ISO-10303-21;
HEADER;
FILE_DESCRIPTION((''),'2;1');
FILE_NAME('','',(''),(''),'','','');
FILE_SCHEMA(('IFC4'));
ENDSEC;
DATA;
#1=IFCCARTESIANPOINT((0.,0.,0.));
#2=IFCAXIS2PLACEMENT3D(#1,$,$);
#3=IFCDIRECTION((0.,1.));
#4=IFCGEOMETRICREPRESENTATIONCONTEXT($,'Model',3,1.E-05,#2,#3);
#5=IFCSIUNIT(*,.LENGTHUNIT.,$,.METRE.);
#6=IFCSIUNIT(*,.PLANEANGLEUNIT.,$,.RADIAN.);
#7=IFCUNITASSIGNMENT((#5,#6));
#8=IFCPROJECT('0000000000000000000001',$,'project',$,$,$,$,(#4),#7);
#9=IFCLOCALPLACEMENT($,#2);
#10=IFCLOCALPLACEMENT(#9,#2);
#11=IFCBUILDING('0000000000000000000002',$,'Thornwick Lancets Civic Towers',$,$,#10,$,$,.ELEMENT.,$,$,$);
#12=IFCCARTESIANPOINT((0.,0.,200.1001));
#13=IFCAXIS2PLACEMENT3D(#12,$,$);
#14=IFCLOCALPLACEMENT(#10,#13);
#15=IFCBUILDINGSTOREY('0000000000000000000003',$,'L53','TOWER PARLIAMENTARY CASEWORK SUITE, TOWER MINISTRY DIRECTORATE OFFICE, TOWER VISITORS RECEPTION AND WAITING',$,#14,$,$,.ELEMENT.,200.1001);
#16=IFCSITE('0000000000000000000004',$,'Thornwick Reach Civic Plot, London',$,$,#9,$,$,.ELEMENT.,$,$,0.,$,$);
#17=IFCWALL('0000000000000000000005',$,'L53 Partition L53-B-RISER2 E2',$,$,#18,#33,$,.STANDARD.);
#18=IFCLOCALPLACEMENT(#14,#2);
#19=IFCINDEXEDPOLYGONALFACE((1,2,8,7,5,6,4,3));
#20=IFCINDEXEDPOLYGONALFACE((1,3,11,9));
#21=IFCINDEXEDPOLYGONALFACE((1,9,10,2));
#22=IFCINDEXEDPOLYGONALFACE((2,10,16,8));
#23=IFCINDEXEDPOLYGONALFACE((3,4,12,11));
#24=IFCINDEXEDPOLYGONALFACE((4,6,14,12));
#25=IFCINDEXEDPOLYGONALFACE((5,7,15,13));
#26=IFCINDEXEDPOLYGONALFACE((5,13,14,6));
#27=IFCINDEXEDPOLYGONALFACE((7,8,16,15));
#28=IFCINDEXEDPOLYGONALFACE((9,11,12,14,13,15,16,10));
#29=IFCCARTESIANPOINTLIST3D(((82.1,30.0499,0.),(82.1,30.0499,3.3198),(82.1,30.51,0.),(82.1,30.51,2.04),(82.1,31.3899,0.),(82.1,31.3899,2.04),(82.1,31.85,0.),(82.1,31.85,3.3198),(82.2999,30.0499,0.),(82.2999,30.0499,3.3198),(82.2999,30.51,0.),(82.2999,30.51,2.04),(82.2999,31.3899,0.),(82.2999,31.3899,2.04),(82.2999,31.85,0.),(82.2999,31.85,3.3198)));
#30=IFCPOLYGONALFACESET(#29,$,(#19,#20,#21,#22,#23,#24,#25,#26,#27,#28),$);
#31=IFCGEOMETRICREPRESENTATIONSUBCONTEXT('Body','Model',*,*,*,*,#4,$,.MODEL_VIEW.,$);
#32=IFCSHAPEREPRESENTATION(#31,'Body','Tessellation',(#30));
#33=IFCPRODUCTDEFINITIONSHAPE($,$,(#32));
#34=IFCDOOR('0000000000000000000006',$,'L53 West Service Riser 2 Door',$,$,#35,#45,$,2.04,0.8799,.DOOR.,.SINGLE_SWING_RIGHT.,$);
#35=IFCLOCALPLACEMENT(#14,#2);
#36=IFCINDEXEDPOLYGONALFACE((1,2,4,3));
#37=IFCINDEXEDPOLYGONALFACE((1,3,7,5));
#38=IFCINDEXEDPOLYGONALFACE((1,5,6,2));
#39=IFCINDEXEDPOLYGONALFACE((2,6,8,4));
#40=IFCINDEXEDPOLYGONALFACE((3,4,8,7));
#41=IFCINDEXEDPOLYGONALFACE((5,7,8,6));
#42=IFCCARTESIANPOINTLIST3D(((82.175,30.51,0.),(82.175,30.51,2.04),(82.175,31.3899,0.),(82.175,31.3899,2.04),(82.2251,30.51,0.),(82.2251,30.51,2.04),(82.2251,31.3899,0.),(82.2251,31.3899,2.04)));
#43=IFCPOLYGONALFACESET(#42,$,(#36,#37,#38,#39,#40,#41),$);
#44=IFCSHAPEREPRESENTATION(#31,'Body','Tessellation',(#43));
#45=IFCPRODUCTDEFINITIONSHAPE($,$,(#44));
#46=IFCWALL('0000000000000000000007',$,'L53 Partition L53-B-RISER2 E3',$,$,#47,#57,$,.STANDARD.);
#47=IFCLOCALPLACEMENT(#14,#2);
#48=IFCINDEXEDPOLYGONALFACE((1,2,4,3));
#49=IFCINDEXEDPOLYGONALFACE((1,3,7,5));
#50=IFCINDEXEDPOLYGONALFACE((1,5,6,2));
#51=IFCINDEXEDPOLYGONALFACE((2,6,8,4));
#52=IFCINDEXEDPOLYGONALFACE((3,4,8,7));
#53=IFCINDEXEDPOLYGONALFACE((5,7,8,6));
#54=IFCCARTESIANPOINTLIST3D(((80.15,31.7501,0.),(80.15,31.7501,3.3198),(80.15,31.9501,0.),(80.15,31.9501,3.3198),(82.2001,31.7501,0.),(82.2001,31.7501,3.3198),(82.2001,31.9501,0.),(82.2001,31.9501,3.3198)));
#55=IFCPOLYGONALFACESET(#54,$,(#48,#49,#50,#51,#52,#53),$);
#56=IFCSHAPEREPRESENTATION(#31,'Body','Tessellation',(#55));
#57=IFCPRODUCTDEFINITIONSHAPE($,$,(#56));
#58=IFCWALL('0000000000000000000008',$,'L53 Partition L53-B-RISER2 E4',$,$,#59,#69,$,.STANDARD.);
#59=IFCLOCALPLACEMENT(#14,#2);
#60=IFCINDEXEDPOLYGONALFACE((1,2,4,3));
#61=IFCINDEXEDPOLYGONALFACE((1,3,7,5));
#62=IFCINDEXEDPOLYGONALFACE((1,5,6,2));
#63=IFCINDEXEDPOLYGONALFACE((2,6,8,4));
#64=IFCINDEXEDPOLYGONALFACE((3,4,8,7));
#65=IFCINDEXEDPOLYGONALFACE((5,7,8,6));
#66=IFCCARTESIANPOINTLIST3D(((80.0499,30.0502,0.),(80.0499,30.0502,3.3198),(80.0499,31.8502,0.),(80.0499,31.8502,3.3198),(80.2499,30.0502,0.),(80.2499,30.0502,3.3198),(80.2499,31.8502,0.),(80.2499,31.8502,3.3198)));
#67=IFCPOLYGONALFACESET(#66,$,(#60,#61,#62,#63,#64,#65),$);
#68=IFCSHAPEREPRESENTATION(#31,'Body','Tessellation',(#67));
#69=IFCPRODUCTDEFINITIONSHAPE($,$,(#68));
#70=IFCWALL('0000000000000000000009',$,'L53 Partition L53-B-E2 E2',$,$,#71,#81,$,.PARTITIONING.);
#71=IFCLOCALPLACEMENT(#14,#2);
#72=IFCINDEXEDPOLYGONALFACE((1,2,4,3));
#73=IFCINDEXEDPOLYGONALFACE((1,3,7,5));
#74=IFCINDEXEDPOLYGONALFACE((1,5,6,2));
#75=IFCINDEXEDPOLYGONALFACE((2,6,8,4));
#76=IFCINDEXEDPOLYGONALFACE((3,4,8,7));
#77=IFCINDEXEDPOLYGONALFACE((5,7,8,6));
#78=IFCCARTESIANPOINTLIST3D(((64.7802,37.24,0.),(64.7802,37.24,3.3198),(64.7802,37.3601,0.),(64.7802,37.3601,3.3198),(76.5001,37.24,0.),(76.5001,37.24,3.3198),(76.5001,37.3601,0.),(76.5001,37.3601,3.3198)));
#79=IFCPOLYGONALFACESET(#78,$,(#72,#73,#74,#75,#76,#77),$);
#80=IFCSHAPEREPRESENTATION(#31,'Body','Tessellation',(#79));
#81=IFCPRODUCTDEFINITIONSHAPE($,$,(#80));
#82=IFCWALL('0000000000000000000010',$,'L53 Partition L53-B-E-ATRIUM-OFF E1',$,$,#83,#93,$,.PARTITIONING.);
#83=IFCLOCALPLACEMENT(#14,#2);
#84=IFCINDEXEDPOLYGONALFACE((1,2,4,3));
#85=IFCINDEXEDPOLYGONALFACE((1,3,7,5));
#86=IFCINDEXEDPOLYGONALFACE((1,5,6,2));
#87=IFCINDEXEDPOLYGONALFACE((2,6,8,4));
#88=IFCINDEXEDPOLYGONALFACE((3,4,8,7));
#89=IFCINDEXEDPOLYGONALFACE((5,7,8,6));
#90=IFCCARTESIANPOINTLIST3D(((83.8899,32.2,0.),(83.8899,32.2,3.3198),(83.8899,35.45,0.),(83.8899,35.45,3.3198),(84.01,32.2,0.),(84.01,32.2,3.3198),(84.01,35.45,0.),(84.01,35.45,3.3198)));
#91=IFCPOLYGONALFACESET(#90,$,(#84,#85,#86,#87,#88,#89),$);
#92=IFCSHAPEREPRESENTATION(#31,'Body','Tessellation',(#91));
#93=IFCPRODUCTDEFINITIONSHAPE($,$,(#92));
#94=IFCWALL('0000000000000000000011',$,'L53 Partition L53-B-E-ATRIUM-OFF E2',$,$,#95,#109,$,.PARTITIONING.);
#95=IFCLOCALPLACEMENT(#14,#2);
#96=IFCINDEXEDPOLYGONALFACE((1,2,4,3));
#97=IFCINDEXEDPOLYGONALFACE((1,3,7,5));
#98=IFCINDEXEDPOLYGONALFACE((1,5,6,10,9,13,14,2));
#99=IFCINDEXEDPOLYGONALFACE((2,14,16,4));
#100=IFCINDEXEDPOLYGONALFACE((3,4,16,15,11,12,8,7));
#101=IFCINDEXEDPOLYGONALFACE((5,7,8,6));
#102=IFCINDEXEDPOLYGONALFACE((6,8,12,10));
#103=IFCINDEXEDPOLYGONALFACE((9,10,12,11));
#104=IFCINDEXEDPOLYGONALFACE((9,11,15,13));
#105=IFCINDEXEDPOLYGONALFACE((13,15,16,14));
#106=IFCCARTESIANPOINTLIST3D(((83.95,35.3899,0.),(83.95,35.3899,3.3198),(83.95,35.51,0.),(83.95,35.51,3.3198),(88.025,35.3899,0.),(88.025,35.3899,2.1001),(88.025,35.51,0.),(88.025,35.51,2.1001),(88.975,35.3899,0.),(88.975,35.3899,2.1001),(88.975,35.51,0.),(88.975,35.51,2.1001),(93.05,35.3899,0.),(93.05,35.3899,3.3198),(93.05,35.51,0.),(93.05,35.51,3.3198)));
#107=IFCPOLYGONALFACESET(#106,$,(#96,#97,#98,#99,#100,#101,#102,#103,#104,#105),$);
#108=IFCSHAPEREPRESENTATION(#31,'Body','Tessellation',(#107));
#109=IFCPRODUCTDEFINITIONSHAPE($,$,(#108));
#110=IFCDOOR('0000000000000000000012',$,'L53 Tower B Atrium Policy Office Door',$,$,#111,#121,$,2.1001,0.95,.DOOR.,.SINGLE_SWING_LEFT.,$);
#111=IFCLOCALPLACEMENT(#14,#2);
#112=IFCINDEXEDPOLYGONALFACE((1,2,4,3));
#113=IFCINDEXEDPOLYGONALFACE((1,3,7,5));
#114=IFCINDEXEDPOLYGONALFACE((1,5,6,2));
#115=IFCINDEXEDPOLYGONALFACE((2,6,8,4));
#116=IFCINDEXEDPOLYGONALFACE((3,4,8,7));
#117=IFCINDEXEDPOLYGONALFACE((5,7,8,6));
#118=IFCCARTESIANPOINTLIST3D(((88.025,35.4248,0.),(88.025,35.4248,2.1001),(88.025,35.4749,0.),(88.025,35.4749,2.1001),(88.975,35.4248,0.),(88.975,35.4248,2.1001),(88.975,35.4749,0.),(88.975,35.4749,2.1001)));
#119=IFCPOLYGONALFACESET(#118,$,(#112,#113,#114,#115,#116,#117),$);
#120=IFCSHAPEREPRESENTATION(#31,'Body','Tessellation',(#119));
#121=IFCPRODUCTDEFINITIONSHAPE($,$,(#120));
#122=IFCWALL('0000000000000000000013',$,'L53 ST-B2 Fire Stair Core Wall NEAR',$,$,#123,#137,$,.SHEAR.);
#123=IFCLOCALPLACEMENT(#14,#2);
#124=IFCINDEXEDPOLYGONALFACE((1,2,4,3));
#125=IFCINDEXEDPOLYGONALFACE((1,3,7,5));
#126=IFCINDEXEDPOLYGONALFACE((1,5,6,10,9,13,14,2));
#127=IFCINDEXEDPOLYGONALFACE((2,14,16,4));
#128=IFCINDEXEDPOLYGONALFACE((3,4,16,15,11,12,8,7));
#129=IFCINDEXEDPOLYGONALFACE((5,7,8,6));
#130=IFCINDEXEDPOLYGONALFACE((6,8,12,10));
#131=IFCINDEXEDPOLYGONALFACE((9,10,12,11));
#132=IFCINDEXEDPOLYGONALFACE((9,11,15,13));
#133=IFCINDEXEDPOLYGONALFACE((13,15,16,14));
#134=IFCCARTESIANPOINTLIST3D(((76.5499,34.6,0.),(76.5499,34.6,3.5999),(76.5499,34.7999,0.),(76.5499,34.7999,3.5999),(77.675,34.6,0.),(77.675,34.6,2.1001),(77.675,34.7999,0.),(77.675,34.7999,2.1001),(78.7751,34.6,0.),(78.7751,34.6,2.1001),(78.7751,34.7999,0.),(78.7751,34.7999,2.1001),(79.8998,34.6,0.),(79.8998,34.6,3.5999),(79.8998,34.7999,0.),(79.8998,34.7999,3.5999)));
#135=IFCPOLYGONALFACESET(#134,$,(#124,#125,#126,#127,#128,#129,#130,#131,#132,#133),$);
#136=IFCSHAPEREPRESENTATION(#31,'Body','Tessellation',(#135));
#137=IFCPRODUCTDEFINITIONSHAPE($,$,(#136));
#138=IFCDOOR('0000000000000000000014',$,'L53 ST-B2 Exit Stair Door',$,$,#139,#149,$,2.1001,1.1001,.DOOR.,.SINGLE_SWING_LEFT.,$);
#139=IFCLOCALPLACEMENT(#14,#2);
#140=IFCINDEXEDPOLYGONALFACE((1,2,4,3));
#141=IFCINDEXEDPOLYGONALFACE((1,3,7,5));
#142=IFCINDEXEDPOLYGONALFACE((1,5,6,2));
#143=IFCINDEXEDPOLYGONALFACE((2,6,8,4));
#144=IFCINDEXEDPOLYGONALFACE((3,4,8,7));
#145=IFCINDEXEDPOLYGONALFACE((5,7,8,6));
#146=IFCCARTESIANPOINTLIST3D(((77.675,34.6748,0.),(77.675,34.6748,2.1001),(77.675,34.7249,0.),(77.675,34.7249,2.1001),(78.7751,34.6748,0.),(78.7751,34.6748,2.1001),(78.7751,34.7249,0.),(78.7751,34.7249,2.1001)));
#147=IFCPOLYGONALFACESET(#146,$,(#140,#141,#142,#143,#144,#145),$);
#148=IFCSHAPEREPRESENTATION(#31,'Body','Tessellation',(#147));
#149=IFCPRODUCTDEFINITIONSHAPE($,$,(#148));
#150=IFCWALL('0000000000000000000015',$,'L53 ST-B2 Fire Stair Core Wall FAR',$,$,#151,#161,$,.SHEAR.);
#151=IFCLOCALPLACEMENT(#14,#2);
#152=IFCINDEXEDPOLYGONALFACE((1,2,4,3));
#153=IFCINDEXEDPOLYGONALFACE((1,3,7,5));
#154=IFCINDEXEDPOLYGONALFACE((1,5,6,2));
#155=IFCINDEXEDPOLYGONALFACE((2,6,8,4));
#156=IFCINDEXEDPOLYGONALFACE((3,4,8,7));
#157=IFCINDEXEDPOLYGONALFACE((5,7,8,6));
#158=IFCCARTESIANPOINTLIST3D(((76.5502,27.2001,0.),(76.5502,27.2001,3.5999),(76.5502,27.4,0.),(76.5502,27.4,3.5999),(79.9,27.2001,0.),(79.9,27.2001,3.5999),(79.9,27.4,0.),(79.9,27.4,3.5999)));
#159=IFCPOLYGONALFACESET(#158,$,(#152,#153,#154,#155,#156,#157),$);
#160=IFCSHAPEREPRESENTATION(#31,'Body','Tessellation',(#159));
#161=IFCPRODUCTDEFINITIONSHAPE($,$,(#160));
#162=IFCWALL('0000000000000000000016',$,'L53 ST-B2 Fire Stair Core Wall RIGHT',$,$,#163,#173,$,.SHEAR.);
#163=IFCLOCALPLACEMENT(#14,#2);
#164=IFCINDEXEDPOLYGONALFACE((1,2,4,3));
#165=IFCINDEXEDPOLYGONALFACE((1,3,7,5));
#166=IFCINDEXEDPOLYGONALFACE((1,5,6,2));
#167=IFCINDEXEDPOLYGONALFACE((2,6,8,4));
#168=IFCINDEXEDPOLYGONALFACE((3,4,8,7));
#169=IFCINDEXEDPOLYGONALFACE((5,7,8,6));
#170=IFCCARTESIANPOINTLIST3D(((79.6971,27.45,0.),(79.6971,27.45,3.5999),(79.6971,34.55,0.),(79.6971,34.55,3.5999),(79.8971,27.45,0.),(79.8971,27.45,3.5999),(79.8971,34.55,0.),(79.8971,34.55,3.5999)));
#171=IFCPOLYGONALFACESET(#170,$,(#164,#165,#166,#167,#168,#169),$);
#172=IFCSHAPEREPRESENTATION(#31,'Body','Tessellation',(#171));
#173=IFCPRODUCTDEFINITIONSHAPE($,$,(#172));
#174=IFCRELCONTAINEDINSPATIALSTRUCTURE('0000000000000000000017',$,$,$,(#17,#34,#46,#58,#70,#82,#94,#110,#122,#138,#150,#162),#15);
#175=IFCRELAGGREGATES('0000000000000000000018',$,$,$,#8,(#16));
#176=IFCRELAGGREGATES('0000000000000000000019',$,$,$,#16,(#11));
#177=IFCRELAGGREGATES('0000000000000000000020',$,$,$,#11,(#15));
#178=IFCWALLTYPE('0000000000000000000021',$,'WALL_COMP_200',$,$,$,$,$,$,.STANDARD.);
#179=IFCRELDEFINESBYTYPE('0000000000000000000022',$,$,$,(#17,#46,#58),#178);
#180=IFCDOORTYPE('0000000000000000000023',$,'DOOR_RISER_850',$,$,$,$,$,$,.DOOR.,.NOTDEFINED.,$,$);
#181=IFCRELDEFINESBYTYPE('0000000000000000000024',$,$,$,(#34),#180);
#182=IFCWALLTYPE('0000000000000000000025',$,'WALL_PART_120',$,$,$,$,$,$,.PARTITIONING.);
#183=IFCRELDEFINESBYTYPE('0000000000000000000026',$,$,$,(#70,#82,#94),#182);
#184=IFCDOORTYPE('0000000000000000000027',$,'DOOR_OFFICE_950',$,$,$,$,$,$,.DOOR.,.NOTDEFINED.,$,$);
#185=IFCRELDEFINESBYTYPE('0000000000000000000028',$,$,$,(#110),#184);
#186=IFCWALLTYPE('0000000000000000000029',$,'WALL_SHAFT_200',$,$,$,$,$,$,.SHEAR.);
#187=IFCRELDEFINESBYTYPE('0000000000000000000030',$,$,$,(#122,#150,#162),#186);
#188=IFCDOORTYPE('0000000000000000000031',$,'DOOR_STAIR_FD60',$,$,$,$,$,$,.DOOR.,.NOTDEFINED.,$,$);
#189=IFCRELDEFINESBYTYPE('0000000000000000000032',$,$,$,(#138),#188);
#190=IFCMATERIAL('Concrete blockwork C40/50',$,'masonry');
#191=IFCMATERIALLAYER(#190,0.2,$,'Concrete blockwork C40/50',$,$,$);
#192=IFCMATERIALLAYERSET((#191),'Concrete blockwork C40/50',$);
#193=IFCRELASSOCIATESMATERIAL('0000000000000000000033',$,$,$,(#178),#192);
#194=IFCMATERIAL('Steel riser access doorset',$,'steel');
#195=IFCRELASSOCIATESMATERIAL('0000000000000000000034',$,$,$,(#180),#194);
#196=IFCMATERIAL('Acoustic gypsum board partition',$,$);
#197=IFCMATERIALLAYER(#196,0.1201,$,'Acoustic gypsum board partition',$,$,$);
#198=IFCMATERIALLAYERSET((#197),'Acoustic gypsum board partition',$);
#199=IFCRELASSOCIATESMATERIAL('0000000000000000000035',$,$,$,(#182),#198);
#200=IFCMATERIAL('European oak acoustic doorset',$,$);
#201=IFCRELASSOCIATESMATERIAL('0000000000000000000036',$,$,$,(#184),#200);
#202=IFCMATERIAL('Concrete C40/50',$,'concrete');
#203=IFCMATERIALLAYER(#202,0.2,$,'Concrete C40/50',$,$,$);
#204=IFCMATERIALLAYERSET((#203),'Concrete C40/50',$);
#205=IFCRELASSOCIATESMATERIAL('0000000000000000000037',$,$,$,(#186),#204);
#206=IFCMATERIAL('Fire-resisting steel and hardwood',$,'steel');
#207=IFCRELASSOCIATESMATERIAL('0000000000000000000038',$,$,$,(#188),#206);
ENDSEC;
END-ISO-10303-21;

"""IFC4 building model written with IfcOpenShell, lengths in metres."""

from ifc_helpers import new_model, si_unit, direction, frame, frame_2d, origin, place, context, subcontext, project, spatial, rectangle, extrude, material, layer, layer_set, type_object, element, fill, save


model = new_model("IFC4")

# Units and contexts
model_context = context("Model", 3, precision=1e-05, world=origin(), true_north=direction((0.0, 1.0)))
body_context = subcontext(model_context, "Body", "Model", "MODEL_VIEW")
ifc_project = project(units=[si_unit("LENGTHUNIT", "METRE"), si_unit("PLANEANGLEUNIT", "RADIAN")], contexts=[model_context])

# Site, building, storey
site_placement = place(None, origin())
site = spatial("IfcSite", under=ifc_project, at=site_placement, Name="Thornwick Reach Civic Plot, London", CompositionType="ELEMENT", RefElevation=0.0)
building_placement = place(site_placement, origin())
building = spatial("IfcBuilding", under=site, at=building_placement, Name="Thornwick Lancets Civic Towers", CompositionType="ELEMENT")
storey_placement = place(building_placement, frame((0.0, 0.0, 200.1001)))
storey = spatial("IfcBuildingStorey", under=building, at=storey_placement, Name="L53", Description="TOWER PARLIAMENTARY CASEWORK SUITE, TOWER MINISTRY DIRECTORATE OFFICE, TOWER VISITORS RECEPTION AND WAITING", CompositionType="ELEMENT", Elevation=200.1001)

# Shared definitions
ifc_material_1 = material(Name="Concrete blockwork C40/50", Category="masonry")
ifc_layer_1 = layer(ifc_material_1, 0.2, Name="Concrete blockwork C40/50")
ifc_layer_set_1 = layer_set([ifc_layer_1], Name="Concrete blockwork C40/50")
wall_type_1 = type_object("IfcWallType", Name="WALL_COMP_200", PredefinedType="STANDARD", material=ifc_layer_set_1)

# Wall, opening, door
wall_1_placement = place(storey_placement, frame((82.2, 30.05, 0.0), z_axis=(0.0, 0.0, 1.0), x_axis=(0.0, 1.0, 0.0)))
wall_1 = element("IfcWall", 1, at=wall_1_placement, inside=storey, type_object=wall_type_1, Name="L53 Partition L53-B-RISER2 E2", PredefinedType="STANDARD", context=body_context, shape_type="SweptSolid", body=[
    extrude(rectangle(XDim=1.8, YDim=0.2, at=frame_2d((0.8999, 0.0))), origin(), (0.0, 0.0, 1.0), 3.3198),
])
opening_1_placement = place(wall_1_placement, frame((0.46, 0.0, 0.0)))
opening_1 = element("IfcOpeningElement", 2, at=opening_1_placement, cuts=wall_1, PredefinedType="OPENING", context=body_context, shape_type="SweptSolid", body=[
    extrude(rectangle(XDim=0.8799, YDim=2.04, at=frame_2d((0.4399, 1.02))), frame((0.0, 0.1099, 0.0), z_axis=(0.0, -1.0, 0.0), x_axis=(1.0, 0.0, 0.0)), (0.0, 0.0, 1.0), 0.22),
])
ifc_material_2 = material(Name="Steel riser access doorset", Category="steel")
door_type_1 = type_object("IfcDoorType", Name="DOOR_RISER_850", OperationType="NOTDEFINED", PredefinedType="DOOR", material=ifc_material_2)
door_1_placement = place(opening_1_placement, origin())
door_1 = element("IfcDoor", 3, at=door_1_placement, inside=storey, type_object=door_type_1, Name="L53 West Service Riser 2 Door", OperationType="SINGLE_SWING_RIGHT", OverallHeight=2.04, OverallWidth=0.8799, PredefinedType="DOOR", context=body_context, shape_type="SweptSolid", body=[
    extrude(rectangle(XDim=0.8799, YDim=2.04, at=frame_2d((0.4399, 1.02))), frame((0.0, 0.0249, 0.0), z_axis=(0.0, -1.0, 0.0), x_axis=(1.0, 0.0, 0.0)), (0.0, 0.0, 1.0), 0.05),
])
fill(opening_1, door_1)

# Walls
wall_2_placement = place(storey_placement, frame((82.2, 31.8501, 0.0), z_axis=(0.0, 0.0, 1.0), x_axis=(-1.0, 0.0, 0.0)))
element("IfcWall", 4, at=wall_2_placement, inside=storey, type_object=wall_type_1, Name="L53 Partition L53-B-RISER2 E3", PredefinedType="STANDARD", context=body_context, shape_type="SweptSolid", body=[
    extrude(rectangle(XDim=2.05, YDim=0.2, at=frame_2d((1.0249, 0.0))), origin(), (0.0, 0.0, 1.0), 3.3198),
])
wall_3_placement = place(storey_placement, frame((80.1499, 31.8501, 0.0), z_axis=(0.0, 0.0, 1.0), x_axis=(0.0, -1.0, 0.0)))
element("IfcWall", 5, at=wall_3_placement, inside=storey, type_object=wall_type_1, Name="L53 Partition L53-B-RISER2 E4", PredefinedType="STANDARD", context=body_context, shape_type="SweptSolid", body=[
    extrude(rectangle(XDim=1.8, YDim=0.2, at=frame_2d((0.8999, 0.0))), origin(), (0.0, 0.0, 1.0), 3.3198),
])
ifc_material_3 = material(Name="Acoustic gypsum board partition")
ifc_layer_2 = layer(ifc_material_3, 0.1201, Name="Acoustic gypsum board partition")
ifc_layer_set_2 = layer_set([ifc_layer_2], Name="Acoustic gypsum board partition")
wall_type_2 = type_object("IfcWallType", Name="WALL_PART_120", PredefinedType="PARTITIONING", material=ifc_layer_set_2)
wall_4_placement = place(storey_placement, frame((76.5, 37.3, 0.0), z_axis=(0.0, 0.0, 1.0), x_axis=(-1.0, 0.0, 0.0)))
element("IfcWall", 6, at=wall_4_placement, inside=storey, type_object=wall_type_2, Name="L53 Partition L53-B-E2 E2", PredefinedType="PARTITIONING", context=body_context, shape_type="SweptSolid", body=[
    extrude(rectangle(XDim=11.72, YDim=0.1201, at=frame_2d((5.8599, 0.0))), origin(), (0.0, 0.0, 1.0), 3.3198),
])
wall_5_placement = place(storey_placement, frame((83.95, 32.2, 0.0), z_axis=(0.0, 0.0, 1.0), x_axis=(0.0, 1.0, 0.0)))
element("IfcWall", 7, at=wall_5_placement, inside=storey, type_object=wall_type_2, Name="L53 Partition L53-B-E-ATRIUM-OFF E1", PredefinedType="PARTITIONING", context=body_context, shape_type="SweptSolid", body=[
    extrude(rectangle(XDim=3.25, YDim=0.1201, at=frame_2d((1.625, 0.0))), origin(), (0.0, 0.0, 1.0), 3.3198),
])

# Walls, openings, doors
wall_6_placement = place(storey_placement, frame((83.95, 35.45, 0.0), z_axis=(0.0, 0.0, 1.0), x_axis=(1.0, 0.0, 0.0)))
wall_6 = element("IfcWall", 8, at=wall_6_placement, inside=storey, type_object=wall_type_2, Name="L53 Partition L53-B-E-ATRIUM-OFF E2", PredefinedType="PARTITIONING", context=body_context, shape_type="SweptSolid", body=[
    extrude(rectangle(XDim=9.1001, YDim=0.1201, at=frame_2d((4.55, 0.0))), origin(), (0.0, 0.0, 1.0), 3.3198),
])
opening_2_placement = place(wall_6_placement, frame((4.075, 0.0, 0.0)))
opening_2 = element("IfcOpeningElement", 9, at=opening_2_placement, cuts=wall_6, PredefinedType="OPENING", context=body_context, shape_type="SweptSolid", body=[
    extrude(rectangle(XDim=0.95, YDim=2.1001, at=frame_2d((0.4751, 1.05))), frame((0.0, 0.0701, 0.0), z_axis=(0.0, -1.0, 0.0), x_axis=(1.0, 0.0, 0.0)), (0.0, 0.0, 1.0), 0.1401),
])
ifc_material_4 = material(Name="European oak acoustic doorset")
door_type_2 = type_object("IfcDoorType", Name="DOOR_OFFICE_950", OperationType="NOTDEFINED", PredefinedType="DOOR", material=ifc_material_4)
door_2_placement = place(opening_2_placement, origin())
door_2 = element("IfcDoor", 10, at=door_2_placement, inside=storey, type_object=door_type_2, Name="L53 Tower B Atrium Policy Office Door", OperationType="SINGLE_SWING_LEFT", OverallHeight=2.1001, OverallWidth=0.95, PredefinedType="DOOR", context=body_context, shape_type="SweptSolid", body=[
    extrude(rectangle(XDim=0.95, YDim=2.1001, at=frame_2d((0.4751, 1.05))), frame((0.0, 0.0249, 0.0), z_axis=(0.0, -1.0, 0.0), x_axis=(1.0, 0.0, 0.0)), (0.0, 0.0, 1.0), 0.05),
])
fill(opening_2, door_2)
ifc_material_5 = material(Name="Concrete C40/50", Category="concrete")
ifc_layer_3 = layer(ifc_material_5, 0.2, Name="Concrete C40/50")
ifc_layer_set_3 = layer_set([ifc_layer_3], Name="Concrete C40/50")
wall_type_3 = type_object("IfcWallType", Name="WALL_SHAFT_200", PredefinedType="SHEAR", material=ifc_layer_set_3)
wall_7_placement = place(storey_placement, frame((76.55, 34.7, 0.0), z_axis=(0.0, 0.0, 1.0), x_axis=(1.0, 0.0, 0.0)))
wall_7 = element("IfcWall", 11, at=wall_7_placement, inside=storey, type_object=wall_type_3, Name="L53 ST-B2 Fire Stair Core Wall NEAR", PredefinedType="SHEAR", context=body_context, shape_type="SweptSolid", body=[
    extrude(rectangle(XDim=3.3499, YDim=0.2, at=frame_2d((1.6748, 0.0))), origin(), (0.0, 0.0, 1.0), 3.5999),
])
opening_3_placement = place(wall_7_placement, frame((1.125, 0.0, 0.0)))
opening_3 = element("IfcOpeningElement", 12, at=opening_3_placement, cuts=wall_7, PredefinedType="OPENING", context=body_context, shape_type="SweptSolid", body=[
    extrude(rectangle(XDim=1.1001, YDim=2.1001, at=frame_2d((0.55, 1.05))), frame((0.0, 0.1099, 0.0), z_axis=(0.0, -1.0, 0.0), x_axis=(1.0, 0.0, 0.0)), (0.0, 0.0, 1.0), 0.22),
])
ifc_material_6 = material(Name="Fire-resisting steel and hardwood", Category="steel")
door_type_3 = type_object("IfcDoorType", Name="DOOR_STAIR_FD60", OperationType="NOTDEFINED", PredefinedType="DOOR", material=ifc_material_6)
door_3_placement = place(opening_3_placement, origin())
door_3 = element("IfcDoor", 13, at=door_3_placement, inside=storey, type_object=door_type_3, Name="L53 ST-B2 Exit Stair Door", OperationType="SINGLE_SWING_LEFT", OverallHeight=2.1001, OverallWidth=1.1001, PredefinedType="DOOR", context=body_context, shape_type="SweptSolid", body=[
    extrude(rectangle(XDim=1.1001, YDim=2.1001, at=frame_2d((0.55, 1.05))), frame((0.0, 0.0249, 0.0), z_axis=(0.0, -1.0, 0.0), x_axis=(1.0, 0.0, 0.0)), (0.0, 0.0, 1.0), 0.05),
])
fill(opening_3, door_3)

# Walls
wall_8_placement = place(storey_placement, frame((79.8999, 27.3, 0.0), z_axis=(0.0, 0.0, 1.0), x_axis=(-1.0, 0.0, 0.0)))
element("IfcWall", 14, at=wall_8_placement, inside=storey, type_object=wall_type_3, Name="L53 ST-B2 Fire Stair Core Wall FAR", PredefinedType="SHEAR", context=body_context, shape_type="SweptSolid", body=[
    extrude(rectangle(XDim=3.3499, YDim=0.2, at=frame_2d((1.6748, 0.0))), origin(), (0.0, 0.0, 1.0), 3.5999),
])
wall_9_placement = place(storey_placement, frame((79.7971, 27.45, 0.0), z_axis=(0.0, 0.0, 1.0), x_axis=(0.0, 1.0, 0.0)))
element("IfcWall", 15, at=wall_9_placement, inside=storey, type_object=wall_type_3, Name="L53 ST-B2 Fire Stair Core Wall RIGHT", PredefinedType="SHEAR", context=body_context, shape_type="SweptSolid", body=[
    extrude(rectangle(XDim=7.1001, YDim=0.2, at=frame_2d((3.55, 0.0))), origin(), (0.0, 0.0, 1.0), 3.5999),
])

save(model, "model.ifc")
